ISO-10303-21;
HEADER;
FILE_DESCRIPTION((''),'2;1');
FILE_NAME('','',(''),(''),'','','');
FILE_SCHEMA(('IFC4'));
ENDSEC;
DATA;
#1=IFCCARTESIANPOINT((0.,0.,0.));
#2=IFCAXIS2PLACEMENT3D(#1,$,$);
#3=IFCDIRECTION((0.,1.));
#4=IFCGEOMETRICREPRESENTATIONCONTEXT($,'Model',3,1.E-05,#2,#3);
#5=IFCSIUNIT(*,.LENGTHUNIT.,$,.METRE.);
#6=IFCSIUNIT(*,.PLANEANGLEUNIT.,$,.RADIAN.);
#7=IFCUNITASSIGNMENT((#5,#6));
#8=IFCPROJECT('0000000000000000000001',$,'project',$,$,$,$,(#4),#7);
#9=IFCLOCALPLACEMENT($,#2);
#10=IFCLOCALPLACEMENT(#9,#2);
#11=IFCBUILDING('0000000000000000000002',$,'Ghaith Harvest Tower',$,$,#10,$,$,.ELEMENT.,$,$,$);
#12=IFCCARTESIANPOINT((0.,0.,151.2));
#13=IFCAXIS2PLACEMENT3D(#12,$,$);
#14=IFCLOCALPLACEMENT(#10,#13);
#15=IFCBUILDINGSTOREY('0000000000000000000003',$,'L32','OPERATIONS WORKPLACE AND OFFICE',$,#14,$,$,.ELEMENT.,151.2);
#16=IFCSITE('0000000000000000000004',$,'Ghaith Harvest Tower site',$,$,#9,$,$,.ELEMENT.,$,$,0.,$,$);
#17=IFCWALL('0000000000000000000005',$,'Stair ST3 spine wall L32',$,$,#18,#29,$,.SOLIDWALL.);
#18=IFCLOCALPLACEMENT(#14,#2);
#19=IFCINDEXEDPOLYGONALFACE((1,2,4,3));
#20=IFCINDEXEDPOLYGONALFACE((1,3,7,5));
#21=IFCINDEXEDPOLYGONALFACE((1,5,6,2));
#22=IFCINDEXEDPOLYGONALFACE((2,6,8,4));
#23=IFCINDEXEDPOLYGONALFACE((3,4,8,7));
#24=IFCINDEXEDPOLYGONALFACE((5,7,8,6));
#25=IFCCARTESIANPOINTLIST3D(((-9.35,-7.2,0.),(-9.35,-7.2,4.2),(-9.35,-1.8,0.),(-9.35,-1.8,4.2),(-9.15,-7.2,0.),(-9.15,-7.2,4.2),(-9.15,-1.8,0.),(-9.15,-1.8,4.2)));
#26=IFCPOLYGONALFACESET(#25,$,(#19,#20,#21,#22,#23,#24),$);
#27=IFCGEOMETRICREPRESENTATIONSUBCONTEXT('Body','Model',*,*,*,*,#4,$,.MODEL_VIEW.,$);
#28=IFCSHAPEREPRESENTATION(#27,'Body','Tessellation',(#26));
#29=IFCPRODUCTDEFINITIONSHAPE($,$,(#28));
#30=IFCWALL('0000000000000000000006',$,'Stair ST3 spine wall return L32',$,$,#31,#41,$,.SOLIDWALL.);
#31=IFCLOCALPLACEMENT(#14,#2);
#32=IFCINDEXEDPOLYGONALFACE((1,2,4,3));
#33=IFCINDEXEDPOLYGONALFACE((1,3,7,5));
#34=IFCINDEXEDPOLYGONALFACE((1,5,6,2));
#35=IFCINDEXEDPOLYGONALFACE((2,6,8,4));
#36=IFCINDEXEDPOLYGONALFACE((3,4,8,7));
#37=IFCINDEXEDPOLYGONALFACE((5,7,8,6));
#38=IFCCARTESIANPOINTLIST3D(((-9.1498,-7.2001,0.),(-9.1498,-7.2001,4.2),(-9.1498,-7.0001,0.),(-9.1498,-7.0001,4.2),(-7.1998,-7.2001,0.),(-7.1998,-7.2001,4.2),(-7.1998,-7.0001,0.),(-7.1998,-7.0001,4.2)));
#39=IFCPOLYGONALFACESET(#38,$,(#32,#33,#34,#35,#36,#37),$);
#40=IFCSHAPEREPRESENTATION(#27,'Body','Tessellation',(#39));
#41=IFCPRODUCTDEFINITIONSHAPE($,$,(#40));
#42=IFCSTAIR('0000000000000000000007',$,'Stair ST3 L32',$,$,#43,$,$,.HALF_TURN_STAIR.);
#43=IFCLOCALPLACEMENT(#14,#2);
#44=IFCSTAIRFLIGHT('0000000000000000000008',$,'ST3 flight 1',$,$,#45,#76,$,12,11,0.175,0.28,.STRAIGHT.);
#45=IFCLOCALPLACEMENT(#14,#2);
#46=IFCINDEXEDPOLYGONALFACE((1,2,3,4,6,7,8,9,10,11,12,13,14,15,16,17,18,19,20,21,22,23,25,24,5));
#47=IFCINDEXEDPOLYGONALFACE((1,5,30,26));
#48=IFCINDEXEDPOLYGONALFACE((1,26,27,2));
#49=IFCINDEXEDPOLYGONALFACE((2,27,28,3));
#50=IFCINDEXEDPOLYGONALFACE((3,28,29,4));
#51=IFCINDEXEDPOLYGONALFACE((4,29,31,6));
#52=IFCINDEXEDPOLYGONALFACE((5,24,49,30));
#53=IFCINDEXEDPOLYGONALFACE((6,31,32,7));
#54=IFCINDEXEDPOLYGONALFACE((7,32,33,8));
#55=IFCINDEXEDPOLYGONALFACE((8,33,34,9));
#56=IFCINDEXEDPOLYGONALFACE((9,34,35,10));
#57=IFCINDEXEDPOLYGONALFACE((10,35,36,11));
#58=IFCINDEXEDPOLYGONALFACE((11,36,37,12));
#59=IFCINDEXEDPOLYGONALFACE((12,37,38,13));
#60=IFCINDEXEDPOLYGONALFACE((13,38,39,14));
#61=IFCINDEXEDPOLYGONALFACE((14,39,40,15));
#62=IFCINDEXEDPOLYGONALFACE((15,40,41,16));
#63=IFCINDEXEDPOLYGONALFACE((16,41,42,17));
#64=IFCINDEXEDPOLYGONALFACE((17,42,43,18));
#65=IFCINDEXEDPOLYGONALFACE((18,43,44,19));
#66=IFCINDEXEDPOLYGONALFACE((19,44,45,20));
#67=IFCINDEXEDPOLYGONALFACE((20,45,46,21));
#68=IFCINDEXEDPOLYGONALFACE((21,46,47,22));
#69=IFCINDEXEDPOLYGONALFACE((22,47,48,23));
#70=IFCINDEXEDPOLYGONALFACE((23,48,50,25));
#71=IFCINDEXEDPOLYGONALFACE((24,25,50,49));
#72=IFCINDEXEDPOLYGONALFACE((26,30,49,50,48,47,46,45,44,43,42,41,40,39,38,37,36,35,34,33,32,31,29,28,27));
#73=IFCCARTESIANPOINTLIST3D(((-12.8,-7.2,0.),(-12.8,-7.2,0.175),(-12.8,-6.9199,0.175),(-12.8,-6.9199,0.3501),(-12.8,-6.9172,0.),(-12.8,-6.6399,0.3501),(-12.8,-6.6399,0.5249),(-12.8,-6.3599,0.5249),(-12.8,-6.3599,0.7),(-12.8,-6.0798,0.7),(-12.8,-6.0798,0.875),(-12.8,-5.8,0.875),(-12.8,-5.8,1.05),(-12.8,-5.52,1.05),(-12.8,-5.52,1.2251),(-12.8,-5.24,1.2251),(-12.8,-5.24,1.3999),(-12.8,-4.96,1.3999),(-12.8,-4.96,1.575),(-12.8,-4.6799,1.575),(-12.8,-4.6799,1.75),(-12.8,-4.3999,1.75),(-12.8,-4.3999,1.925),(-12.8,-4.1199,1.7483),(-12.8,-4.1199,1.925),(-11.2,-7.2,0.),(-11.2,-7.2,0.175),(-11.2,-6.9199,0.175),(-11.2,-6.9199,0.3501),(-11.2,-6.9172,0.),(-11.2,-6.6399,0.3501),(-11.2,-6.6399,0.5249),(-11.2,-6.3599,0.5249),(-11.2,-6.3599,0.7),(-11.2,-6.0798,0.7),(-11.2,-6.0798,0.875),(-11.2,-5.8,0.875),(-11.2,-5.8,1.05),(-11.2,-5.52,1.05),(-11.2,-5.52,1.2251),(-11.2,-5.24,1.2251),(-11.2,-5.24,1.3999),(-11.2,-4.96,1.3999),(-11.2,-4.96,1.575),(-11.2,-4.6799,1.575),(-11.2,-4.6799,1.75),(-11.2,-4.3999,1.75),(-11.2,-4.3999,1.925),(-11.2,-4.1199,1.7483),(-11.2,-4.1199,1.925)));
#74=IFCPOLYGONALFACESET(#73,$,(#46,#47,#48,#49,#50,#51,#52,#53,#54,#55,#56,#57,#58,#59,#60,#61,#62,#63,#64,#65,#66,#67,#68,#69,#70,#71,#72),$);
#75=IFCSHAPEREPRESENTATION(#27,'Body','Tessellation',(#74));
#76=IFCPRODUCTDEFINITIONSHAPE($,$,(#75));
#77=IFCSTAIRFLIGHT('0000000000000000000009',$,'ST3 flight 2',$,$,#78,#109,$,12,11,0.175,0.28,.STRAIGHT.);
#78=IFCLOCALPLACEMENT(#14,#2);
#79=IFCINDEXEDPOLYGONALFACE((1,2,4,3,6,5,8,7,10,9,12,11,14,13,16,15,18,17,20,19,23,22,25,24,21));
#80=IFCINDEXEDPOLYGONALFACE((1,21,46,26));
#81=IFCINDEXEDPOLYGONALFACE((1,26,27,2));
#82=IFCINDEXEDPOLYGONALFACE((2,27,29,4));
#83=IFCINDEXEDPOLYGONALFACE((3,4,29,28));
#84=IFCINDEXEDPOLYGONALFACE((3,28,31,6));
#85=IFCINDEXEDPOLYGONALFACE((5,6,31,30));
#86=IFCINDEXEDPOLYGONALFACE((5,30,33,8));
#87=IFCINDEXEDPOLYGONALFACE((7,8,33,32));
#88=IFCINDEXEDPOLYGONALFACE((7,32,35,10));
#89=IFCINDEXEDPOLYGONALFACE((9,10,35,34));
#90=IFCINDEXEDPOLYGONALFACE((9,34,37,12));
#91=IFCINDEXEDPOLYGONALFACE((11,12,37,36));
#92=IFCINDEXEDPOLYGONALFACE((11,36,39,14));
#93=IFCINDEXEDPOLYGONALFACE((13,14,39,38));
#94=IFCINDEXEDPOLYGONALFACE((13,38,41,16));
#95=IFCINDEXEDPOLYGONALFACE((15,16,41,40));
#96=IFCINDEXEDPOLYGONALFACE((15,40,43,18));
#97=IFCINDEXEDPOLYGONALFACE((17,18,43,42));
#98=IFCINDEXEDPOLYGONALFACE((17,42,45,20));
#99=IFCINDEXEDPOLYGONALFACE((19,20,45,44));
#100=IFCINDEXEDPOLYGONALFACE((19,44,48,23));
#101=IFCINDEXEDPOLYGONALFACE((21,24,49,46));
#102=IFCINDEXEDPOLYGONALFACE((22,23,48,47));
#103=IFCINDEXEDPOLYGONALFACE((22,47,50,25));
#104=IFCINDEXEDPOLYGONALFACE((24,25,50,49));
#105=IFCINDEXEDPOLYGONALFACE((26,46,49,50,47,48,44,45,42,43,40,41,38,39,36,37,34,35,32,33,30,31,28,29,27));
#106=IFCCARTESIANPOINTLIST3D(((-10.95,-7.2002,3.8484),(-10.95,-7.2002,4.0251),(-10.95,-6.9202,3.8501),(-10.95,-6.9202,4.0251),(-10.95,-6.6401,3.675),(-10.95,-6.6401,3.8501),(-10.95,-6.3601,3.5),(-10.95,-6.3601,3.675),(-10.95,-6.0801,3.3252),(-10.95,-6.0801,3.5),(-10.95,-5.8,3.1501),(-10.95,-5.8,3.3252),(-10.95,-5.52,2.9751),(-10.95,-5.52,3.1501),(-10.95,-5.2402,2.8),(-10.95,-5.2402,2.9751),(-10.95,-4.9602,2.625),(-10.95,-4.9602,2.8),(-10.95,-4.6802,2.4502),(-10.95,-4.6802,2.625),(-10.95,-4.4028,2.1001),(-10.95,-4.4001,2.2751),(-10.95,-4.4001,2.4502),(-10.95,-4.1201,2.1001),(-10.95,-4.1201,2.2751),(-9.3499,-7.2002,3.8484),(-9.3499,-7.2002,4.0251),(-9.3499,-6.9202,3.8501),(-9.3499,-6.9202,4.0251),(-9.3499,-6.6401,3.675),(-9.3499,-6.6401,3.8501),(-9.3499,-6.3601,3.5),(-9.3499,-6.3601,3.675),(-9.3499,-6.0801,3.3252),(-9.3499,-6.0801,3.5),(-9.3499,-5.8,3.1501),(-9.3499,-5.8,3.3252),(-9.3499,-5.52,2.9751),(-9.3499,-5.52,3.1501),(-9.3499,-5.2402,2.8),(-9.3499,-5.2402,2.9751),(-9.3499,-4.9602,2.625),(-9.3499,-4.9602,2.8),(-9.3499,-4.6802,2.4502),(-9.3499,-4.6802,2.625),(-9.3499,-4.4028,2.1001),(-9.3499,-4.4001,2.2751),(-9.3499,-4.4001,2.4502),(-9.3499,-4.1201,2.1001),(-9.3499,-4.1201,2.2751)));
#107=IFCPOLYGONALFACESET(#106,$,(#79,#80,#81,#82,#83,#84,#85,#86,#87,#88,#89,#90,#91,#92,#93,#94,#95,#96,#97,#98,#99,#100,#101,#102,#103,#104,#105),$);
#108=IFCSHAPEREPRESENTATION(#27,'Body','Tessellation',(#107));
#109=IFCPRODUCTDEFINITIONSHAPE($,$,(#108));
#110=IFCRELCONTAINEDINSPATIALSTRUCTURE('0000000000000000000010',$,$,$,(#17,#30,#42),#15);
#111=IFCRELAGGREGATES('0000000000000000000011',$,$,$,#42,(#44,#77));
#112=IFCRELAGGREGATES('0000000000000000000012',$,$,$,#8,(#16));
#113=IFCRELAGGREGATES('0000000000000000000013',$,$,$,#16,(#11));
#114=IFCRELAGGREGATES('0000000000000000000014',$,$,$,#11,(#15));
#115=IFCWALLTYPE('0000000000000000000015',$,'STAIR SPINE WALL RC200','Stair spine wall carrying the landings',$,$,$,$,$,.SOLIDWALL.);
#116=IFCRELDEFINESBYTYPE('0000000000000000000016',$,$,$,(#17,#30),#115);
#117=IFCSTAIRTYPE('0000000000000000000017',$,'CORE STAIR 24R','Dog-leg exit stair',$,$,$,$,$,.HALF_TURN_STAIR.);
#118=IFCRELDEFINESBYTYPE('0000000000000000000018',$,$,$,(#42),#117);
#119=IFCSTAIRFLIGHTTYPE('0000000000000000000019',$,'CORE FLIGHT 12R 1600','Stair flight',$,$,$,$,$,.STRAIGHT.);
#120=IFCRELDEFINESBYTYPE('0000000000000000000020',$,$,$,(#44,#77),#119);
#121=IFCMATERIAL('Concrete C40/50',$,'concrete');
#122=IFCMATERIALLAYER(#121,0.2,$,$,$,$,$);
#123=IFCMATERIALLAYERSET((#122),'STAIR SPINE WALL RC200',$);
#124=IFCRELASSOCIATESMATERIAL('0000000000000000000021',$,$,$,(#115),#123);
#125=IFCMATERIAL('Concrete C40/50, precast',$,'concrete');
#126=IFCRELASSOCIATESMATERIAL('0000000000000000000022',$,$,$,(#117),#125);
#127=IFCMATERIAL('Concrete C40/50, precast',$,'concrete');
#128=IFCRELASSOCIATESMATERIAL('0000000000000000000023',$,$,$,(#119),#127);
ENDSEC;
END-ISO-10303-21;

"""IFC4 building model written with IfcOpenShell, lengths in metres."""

from ifc_helpers import new_model, si_unit, direction, frame, frame_2d, origin, place, context, subcontext, project, spatial, polyline, rectangle, outline, extrude, material, layer, layer_set, type_object, element, aggregate, save


model = new_model("IFC4")

# Units and contexts
model_context = context("Model", 3, precision=1e-05, world=origin(), true_north=direction((0.0, 1.0)))
body_context = subcontext(model_context, "Body", "Model", "MODEL_VIEW")
ifc_project = project(units=[si_unit("LENGTHUNIT", "METRE"), si_unit("PLANEANGLEUNIT", "RADIAN")], contexts=[model_context])

# Site, building, storey
site_placement = place(None, origin())
site = spatial("IfcSite", under=ifc_project, at=site_placement, Name="Ghaith Harvest Tower site", CompositionType="ELEMENT", RefElevation=0.0)
building_placement = place(site_placement, origin())
building = spatial("IfcBuilding", under=site, at=building_placement, Name="Ghaith Harvest Tower", CompositionType="ELEMENT")
storey_placement = place(building_placement, frame((0.0, 0.0, 151.2)))
storey = spatial("IfcBuildingStorey", under=building, at=storey_placement, Name="L32", Description="OPERATIONS WORKPLACE AND OFFICE", CompositionType="ELEMENT", Elevation=151.2)

# Walls
ifc_material_1 = material(Name="Concrete C40/50", Category="concrete")
ifc_layer_1 = layer(ifc_material_1, 0.2)
ifc_layer_set_1 = layer_set([ifc_layer_1], Name="STAIR SPINE WALL RC200")
wall_type_1 = type_object("IfcWallType", Name="STAIR SPINE WALL RC200", Description="Stair spine wall carrying the landings", PredefinedType="SOLIDWALL", material=ifc_layer_set_1)
wall_1_placement = place(storey_placement, frame((-9.25, -7.2, 0.0), z_axis=(0.0, 0.0, 1.0), x_axis=(0.0, 1.0, 0.0)))
element("IfcWall", 1, at=wall_1_placement, inside=storey, type_object=wall_type_1, Name="Stair ST3 spine wall L32", PredefinedType="SOLIDWALL", context=body_context, shape_type="SweptSolid", body=[
    extrude(rectangle(XDim=5.3999, YDim=0.2, at=frame_2d((2.7, 0.0))), origin(), (0.0, 0.0, 1.0), 4.2),
])
wall_2_placement = place(storey_placement, frame((-9.1499, -7.1001, 0.0), z_axis=(0.0, 0.0, 1.0), x_axis=(1.0, 0.0, 0.0)))
element("IfcWall", 2, at=wall_2_placement, inside=storey, type_object=wall_type_1, Name="Stair ST3 spine wall return L32", PredefinedType="SOLIDWALL", context=body_context, shape_type="SweptSolid", body=[
    extrude(rectangle(XDim=1.95, YDim=0.2, at=frame_2d((0.9751, 0.0))), origin(), (0.0, 0.0, 1.0), 4.2),
])

# Stair, stair flights
ifc_material_2 = material(Name="Concrete C40/50, precast", Category="concrete")
stair_type = type_object("IfcStairType", Name="CORE STAIR 24R", Description="Dog-leg exit stair", PredefinedType="HALF_TURN_STAIR", material=ifc_material_2)
stair_placement = place(storey_placement, origin())
stair = element("IfcStair", 3, at=stair_placement, inside=storey, type_object=stair_type, Name="Stair ST3 L32", PredefinedType="HALF_TURN_STAIR")
ifc_material_3 = material(Name="Concrete C40/50, precast", Category="concrete")
stair_flight_type = type_object("IfcStairFlightType", Name="CORE FLIGHT 12R 1600", Description="Stair flight", PredefinedType="STRAIGHT", material=ifc_material_3)
stair_flight_1_placement = place(storey_placement, frame((-12.0, -7.2, 0.0), z_axis=(0.0, 0.0, 1.0), x_axis=(0.0, 1.0, 0.0)))
stair_flight_1 = element("IfcStairFlight", 4, at=stair_flight_1_placement, type_object=stair_flight_type, Name="ST3 flight 1", NumberOfRisers=12, NumberOfTreads=11, PredefinedType="STRAIGHT", RiserHeight=0.175, TreadLength=0.28, context=body_context, shape_type="SweptSolid", body=[
    extrude(outline(polyline([(0.0, 0.0), (0.0, 0.175), (0.28, 0.175), (0.28, 0.3501), (0.5601, 0.3501), (0.5601, 0.5249), (0.8401, 0.5249), (0.8401, 0.7), (1.1201, 0.7), (1.1201, 0.875), (1.3999, 0.875), (1.3999, 1.05), (1.6799, 1.05), (1.6799, 1.2251), (1.96, 1.2251), (1.96, 1.3999), (2.24, 1.3999), (2.24, 1.575), (2.52, 1.575), (2.52, 1.75), (2.8, 1.75), (2.8, 1.925), (3.0801, 1.925), (3.0801, 2.1001), (3.0801, 1.7483), (0.2827, 0.0), (0.0, 0.0)])), frame((0.0, 0.8, 0.0), z_axis=(0.0, -1.0, 0.0), x_axis=(1.0, 0.0, 0.0)), (0.0, 0.0, 1.0), 1.6001),
])
stair_flight_2_placement = place(storey_placement, frame((-10.1499, -4.1201, 2.1001), z_axis=(0.0, 0.0, 1.0), x_axis=(0.0, -1.0, 0.0)))
stair_flight_2 = element("IfcStairFlight", 5, at=stair_flight_2_placement, type_object=stair_flight_type, Name="ST3 flight 2", NumberOfRisers=12, NumberOfTreads=11, PredefinedType="STRAIGHT", RiserHeight=0.175, TreadLength=0.28, context=body_context, shape_type="SweptSolid", body=[
    extrude(outline(polyline([(0.0, 0.0), (0.0, 0.175), (0.28, 0.175), (0.28, 0.3501), (0.5601, 0.3501), (0.5601, 0.5249), (0.8401, 0.5249), (0.8401, 0.7), (1.1201, 0.7), (1.1201, 0.875), (1.3999, 0.875), (1.3999, 1.05), (1.6799, 1.05), (1.6799, 1.2251), (1.96, 1.2251), (1.96, 1.3999), (2.24, 1.3999), (2.24, 1.575), (2.52, 1.575), (2.52, 1.75), (2.8, 1.75), (2.8, 1.925), (3.0801, 1.925), (3.0801, 2.1001), (3.0801, 1.7483), (0.2827, 0.0), (0.0, 0.0)])), frame((0.0, 0.8, 0.0), z_axis=(0.0, -1.0, 0.0), x_axis=(1.0, 0.0, 0.0)), (0.0, 0.0, 1.0), 1.6001),
])
aggregate(stair, [stair_flight_1, stair_flight_2])

save(model, "model.ifc")
